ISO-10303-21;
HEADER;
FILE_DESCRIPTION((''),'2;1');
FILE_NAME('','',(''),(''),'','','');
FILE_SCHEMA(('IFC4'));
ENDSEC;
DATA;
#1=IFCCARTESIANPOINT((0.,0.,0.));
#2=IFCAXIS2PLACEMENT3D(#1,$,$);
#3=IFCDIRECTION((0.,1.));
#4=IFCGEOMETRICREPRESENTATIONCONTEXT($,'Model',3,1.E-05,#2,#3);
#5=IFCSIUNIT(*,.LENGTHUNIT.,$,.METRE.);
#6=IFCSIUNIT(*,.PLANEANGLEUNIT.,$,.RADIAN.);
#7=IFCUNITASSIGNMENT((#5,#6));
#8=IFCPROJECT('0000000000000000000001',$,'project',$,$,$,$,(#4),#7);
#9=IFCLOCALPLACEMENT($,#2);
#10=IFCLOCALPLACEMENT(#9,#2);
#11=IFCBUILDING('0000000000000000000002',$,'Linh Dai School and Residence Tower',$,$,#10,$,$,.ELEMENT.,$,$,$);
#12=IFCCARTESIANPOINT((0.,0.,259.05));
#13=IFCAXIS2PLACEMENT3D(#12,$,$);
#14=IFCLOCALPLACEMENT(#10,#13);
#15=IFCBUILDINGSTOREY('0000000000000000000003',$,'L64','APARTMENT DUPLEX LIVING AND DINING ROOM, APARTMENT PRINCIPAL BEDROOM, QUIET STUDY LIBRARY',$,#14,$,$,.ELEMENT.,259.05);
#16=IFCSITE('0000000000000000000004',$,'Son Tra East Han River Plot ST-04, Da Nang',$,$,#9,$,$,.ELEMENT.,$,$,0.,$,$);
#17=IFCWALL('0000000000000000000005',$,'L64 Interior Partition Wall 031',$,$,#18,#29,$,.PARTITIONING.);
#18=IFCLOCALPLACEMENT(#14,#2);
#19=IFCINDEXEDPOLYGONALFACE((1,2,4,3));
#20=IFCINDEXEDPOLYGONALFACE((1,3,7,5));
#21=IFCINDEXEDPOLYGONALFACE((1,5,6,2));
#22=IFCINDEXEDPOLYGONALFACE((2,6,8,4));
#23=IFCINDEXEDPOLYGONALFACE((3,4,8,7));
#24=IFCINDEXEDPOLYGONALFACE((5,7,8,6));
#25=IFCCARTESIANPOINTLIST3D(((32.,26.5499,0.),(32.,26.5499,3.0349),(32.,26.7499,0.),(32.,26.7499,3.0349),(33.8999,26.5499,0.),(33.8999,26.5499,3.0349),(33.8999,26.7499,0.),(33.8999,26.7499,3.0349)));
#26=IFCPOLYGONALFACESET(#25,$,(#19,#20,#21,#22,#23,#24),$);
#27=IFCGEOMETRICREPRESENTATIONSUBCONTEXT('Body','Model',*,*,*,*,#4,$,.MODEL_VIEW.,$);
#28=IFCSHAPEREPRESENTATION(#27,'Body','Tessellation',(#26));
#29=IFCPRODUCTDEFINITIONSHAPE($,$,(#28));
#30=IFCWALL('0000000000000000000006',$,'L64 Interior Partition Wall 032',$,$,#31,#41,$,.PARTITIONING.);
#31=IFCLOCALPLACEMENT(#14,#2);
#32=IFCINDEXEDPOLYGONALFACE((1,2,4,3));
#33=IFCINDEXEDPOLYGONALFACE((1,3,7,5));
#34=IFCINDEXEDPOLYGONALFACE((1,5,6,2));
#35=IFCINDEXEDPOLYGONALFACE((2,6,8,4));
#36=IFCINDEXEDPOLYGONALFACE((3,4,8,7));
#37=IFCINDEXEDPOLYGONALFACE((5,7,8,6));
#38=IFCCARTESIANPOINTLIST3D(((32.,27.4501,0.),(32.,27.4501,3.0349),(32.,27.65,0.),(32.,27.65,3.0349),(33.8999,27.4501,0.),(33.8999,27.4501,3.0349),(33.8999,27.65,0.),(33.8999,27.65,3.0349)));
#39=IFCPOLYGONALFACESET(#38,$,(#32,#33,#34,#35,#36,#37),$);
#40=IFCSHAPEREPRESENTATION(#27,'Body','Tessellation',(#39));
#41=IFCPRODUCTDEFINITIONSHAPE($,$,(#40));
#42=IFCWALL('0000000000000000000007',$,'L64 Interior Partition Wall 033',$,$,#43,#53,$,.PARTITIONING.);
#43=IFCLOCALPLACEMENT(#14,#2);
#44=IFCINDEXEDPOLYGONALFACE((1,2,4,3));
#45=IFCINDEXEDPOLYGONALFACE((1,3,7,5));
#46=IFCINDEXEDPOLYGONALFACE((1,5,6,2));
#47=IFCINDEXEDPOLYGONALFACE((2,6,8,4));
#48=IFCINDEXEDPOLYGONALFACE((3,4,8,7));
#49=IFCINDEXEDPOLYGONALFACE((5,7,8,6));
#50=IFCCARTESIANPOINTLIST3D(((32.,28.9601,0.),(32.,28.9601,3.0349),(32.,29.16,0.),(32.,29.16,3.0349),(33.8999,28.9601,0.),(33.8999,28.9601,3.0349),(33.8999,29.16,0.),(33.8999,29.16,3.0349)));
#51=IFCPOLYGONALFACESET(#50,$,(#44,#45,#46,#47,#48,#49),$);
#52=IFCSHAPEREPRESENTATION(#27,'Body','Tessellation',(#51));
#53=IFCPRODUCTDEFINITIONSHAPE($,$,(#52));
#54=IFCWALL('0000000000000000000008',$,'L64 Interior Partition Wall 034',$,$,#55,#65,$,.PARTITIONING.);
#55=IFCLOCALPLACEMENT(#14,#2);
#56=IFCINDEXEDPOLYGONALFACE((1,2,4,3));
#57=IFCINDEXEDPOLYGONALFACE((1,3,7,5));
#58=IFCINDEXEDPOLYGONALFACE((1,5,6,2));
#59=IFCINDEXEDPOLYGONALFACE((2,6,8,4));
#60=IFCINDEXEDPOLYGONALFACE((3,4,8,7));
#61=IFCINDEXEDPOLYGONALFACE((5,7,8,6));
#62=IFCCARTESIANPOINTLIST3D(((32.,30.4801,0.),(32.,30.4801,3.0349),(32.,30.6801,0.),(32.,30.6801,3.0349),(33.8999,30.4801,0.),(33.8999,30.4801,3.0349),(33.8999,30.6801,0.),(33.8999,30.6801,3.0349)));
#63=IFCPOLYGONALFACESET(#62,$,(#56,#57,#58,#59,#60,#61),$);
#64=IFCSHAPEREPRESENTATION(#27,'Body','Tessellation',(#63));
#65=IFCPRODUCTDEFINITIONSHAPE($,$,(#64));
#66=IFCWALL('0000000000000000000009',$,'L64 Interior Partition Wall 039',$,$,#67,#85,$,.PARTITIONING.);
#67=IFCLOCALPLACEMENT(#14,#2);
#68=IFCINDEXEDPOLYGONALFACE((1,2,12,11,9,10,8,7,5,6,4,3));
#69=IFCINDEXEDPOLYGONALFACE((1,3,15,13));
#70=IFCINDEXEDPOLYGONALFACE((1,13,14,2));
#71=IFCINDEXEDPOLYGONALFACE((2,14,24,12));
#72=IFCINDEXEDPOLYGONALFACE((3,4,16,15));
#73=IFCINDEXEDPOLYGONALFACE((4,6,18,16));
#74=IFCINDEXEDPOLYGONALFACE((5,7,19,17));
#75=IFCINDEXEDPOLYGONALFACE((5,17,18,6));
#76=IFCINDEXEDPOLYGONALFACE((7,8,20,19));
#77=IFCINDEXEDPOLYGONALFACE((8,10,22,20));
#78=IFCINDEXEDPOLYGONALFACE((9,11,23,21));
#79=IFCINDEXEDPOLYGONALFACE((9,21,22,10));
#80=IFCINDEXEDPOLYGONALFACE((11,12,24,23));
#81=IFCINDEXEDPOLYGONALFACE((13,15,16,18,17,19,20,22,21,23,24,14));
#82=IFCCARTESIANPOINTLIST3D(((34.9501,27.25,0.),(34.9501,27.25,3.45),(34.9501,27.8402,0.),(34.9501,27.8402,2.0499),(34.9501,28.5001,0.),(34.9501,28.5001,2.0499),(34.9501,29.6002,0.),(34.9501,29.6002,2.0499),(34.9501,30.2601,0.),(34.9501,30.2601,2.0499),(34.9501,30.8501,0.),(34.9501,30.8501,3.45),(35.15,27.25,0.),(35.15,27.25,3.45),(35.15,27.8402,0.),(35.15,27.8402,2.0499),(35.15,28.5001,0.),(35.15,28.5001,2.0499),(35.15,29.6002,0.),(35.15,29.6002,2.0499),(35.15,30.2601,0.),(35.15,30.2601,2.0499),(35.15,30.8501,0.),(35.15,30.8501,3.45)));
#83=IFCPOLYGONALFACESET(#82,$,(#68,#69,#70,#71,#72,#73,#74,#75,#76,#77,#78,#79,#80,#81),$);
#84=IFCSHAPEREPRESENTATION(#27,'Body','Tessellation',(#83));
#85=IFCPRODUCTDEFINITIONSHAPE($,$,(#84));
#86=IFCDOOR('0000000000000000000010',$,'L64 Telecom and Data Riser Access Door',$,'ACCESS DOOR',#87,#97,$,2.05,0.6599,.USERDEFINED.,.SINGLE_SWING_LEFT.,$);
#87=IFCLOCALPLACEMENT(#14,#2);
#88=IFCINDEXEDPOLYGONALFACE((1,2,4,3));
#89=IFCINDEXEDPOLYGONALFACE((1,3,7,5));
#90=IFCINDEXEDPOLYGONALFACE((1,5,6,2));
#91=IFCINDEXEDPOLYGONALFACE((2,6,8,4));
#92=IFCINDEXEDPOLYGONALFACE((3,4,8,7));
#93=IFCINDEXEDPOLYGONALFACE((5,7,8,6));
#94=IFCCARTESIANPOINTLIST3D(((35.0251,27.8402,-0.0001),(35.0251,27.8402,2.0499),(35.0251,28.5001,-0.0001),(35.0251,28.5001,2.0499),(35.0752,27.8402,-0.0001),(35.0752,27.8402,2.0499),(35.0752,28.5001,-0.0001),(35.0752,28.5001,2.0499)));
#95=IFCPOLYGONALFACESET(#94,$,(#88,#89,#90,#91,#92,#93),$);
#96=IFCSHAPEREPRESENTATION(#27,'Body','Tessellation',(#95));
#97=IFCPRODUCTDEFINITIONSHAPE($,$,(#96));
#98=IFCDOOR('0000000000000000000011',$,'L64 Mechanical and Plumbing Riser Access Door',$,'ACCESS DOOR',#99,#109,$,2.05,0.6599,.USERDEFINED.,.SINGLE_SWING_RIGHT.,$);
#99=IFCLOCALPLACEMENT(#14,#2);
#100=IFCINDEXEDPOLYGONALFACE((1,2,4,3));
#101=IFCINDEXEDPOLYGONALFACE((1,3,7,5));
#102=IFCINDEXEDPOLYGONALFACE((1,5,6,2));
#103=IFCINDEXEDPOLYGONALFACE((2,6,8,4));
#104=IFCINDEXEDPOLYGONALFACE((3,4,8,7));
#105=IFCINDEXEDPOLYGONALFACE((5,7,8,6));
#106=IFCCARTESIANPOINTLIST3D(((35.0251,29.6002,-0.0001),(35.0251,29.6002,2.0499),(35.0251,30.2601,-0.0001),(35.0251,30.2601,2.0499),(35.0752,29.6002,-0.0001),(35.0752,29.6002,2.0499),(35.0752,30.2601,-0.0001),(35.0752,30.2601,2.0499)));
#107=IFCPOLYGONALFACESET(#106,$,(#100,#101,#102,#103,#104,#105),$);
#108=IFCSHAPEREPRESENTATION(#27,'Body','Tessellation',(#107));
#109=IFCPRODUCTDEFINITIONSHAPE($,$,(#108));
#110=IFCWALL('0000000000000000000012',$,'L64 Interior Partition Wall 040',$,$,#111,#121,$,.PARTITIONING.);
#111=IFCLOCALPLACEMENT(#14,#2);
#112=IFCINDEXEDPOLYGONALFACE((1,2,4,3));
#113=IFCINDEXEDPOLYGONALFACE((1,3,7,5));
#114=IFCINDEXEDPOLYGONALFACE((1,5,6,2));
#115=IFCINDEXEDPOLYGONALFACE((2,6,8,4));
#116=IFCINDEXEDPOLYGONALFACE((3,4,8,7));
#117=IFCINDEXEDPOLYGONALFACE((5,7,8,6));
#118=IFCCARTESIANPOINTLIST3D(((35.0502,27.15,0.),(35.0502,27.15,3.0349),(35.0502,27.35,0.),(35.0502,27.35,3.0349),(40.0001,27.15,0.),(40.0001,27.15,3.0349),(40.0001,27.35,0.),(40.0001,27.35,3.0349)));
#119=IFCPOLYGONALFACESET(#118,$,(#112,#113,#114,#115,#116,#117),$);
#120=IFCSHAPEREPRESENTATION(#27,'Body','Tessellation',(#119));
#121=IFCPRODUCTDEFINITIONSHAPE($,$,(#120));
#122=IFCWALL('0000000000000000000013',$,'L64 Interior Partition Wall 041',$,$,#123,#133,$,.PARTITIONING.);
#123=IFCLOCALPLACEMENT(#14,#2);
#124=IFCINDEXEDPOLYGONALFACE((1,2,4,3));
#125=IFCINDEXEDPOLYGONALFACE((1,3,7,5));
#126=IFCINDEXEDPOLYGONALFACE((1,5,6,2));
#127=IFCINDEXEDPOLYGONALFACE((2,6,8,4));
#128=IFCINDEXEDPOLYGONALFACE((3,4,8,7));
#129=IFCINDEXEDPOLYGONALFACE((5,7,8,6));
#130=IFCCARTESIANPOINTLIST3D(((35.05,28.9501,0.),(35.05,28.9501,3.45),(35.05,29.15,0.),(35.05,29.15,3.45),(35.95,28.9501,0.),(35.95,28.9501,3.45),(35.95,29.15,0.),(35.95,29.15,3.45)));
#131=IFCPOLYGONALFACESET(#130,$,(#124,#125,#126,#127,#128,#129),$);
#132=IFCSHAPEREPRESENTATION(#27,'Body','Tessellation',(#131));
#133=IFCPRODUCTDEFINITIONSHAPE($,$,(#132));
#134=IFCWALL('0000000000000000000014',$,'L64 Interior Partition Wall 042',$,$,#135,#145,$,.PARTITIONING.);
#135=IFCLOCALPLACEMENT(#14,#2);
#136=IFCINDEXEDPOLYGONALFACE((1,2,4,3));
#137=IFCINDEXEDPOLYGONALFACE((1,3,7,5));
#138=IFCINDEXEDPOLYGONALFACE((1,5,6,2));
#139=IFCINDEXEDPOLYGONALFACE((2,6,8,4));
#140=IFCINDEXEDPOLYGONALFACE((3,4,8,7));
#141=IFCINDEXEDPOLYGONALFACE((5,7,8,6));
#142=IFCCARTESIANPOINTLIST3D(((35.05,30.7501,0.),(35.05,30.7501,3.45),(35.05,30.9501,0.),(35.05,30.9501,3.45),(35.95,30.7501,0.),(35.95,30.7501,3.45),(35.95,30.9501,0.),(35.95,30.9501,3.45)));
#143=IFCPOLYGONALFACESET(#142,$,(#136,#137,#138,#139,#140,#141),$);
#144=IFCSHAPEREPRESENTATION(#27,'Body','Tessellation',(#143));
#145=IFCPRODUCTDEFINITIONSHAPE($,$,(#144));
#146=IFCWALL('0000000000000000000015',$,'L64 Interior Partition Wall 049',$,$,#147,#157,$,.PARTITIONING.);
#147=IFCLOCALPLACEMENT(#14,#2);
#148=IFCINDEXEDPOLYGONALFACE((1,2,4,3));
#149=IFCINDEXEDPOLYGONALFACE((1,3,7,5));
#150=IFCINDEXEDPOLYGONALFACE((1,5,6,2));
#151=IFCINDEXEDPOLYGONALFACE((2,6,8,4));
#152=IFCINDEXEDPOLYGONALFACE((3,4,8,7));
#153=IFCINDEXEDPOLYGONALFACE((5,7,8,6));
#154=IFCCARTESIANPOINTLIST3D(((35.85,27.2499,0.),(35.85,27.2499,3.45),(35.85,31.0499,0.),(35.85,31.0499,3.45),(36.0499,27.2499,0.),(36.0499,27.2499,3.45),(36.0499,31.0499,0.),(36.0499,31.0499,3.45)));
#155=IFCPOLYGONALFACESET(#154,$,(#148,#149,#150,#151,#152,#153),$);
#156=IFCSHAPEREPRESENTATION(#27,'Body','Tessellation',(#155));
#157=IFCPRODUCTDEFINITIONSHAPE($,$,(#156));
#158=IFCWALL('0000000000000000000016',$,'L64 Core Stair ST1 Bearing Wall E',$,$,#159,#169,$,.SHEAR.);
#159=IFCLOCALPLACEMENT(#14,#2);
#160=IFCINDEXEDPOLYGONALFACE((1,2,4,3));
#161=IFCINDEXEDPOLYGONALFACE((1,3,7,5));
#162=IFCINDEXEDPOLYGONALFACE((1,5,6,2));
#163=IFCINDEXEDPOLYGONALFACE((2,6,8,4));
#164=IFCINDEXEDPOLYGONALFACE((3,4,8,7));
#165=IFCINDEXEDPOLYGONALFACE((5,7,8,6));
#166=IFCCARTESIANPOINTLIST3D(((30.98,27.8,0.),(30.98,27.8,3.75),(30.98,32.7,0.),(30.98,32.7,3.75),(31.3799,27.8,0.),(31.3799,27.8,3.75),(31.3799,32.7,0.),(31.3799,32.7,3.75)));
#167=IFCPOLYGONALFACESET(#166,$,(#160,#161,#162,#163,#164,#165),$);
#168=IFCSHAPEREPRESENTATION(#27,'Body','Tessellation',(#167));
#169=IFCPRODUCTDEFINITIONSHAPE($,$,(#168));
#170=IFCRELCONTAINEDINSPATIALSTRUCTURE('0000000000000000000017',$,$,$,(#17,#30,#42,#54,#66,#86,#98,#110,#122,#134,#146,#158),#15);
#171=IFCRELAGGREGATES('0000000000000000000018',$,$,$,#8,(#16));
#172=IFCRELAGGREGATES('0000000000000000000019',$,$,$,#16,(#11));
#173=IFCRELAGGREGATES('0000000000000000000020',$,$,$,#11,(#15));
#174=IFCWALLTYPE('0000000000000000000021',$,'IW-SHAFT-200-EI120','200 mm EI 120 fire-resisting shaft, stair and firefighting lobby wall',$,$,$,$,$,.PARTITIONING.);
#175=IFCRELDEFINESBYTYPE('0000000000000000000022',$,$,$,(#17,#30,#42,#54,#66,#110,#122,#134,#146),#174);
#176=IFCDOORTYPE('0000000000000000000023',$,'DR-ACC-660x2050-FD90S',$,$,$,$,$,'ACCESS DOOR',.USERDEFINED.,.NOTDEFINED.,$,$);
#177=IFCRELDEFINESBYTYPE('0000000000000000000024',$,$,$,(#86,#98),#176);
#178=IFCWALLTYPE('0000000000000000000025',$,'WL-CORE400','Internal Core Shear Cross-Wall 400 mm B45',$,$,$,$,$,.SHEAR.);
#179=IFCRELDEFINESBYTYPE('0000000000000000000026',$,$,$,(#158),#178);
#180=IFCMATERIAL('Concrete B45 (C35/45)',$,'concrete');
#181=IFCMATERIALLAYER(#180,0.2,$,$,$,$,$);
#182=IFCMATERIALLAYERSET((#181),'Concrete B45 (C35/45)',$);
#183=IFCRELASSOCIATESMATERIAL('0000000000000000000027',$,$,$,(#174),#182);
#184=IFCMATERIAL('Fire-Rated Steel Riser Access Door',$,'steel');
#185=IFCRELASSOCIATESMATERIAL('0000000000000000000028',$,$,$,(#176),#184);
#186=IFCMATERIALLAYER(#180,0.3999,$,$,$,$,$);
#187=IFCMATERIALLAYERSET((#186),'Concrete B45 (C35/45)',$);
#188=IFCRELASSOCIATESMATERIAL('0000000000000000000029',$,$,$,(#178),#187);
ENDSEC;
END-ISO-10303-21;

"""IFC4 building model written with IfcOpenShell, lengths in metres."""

from ifc_helpers import new_model, si_unit, direction, frame, frame_2d, origin, origin_2d, place, context, subcontext, project, spatial, rectangle, extrude, source, transform, mapped, material, layer, layer_set, type_object, element, fill, save


model = new_model("IFC4")

# Units and contexts
model_context = context("Model", 3, precision=1e-05, world=origin(), true_north=direction((0.0, 1.0)))
body_context = subcontext(model_context, "Body", "Model", "MODEL_VIEW")
ifc_project = project(units=[si_unit("LENGTHUNIT", "METRE"), si_unit("PLANEANGLEUNIT", "RADIAN")], contexts=[model_context])

# Site, building, storey
site_placement = place(None, origin())
site = spatial("IfcSite", under=ifc_project, at=site_placement, Name="Son Tra East Han River Plot ST-04, Da Nang", CompositionType="ELEMENT", RefElevation=0.0)
building_placement = place(site_placement, origin())
building = spatial("IfcBuilding", under=site, at=building_placement, Name="Linh Dai School and Residence Tower", CompositionType="ELEMENT")
storey_placement = place(building_placement, frame((0.0, 0.0, 259.05)))
storey = spatial("IfcBuildingStorey", under=building, at=storey_placement, Name="L64", Description="APARTMENT DUPLEX LIVING AND DINING ROOM, APARTMENT PRINCIPAL BEDROOM, QUIET STUDY LIBRARY", CompositionType="ELEMENT", Elevation=259.05)

# Walls
ifc_material_1 = material(Name="Concrete B45 (C35/45)", Category="concrete")
ifc_layer_1 = layer(ifc_material_1, 0.2)
ifc_layer_set_1 = layer_set([ifc_layer_1], Name="Concrete B45 (C35/45)")
wall_type_1 = type_object("IfcWallType", Name="IW-SHAFT-200-EI120", Description="200 mm EI 120 fire-resisting shaft, stair and firefighting lobby wall", PredefinedType="PARTITIONING", material=ifc_layer_set_1)
for number, where, z_axis, x_axis, name in (
    (1, (32.0, 26.6499, 0.0), (0.0, 0.0, 1.0), (1.0, 0.0, 0.0), "L64 Interior Partition Wall 031"),
    (2, (32.0, 27.55, 0.0), (0.0, 0.0, 1.0), (1.0, 0.0, 0.0), "L64 Interior Partition Wall 032"),
    (3, (32.0, 29.0601, 0.0), (0.0, 0.0, 1.0), (1.0, 0.0, 0.0), "L64 Interior Partition Wall 033"),
    (4, (32.0, 30.5801, 0.0), (0.0, 0.0, 1.0), (1.0, 0.0, 0.0), "L64 Interior Partition Wall 034"),
):
    element("IfcWall", number, at=place(storey_placement, frame(where, z_axis=z_axis, x_axis=x_axis)), inside=storey, type_object=wall_type_1, Name=name, PredefinedType="PARTITIONING", context=body_context, shape_type="SweptSolid", body=[
        extrude(rectangle(XDim=1.8999, YDim=0.2, at=frame_2d((0.95, 0.0))), origin(), (0.0, 0.0, 1.0), 3.0349),
    ])

# Wall, openings, doors
wall_1_placement = place(storey_placement, frame((35.05, 27.25, 0.0), z_axis=(0.0, 0.0, 1.0), x_axis=(0.0, 1.0, 0.0)))
wall_1 = element("IfcWall", 5, at=wall_1_placement, inside=storey, type_object=wall_type_1, Name="L64 Interior Partition Wall 039", PredefinedType="PARTITIONING", context=body_context, shape_type="SweptSolid", body=[
    extrude(rectangle(XDim=3.6001, YDim=0.2, at=frame_2d((1.8, 0.0))), origin(), (0.0, 0.0, 1.0), 3.45),
])
opening_1_placement = place(wall_1_placement, frame((0.5901, 0.0, 0.0)))
opening_1 = element("IfcOpeningElement", 6, at=opening_1_placement, cuts=wall_1, PredefinedType="OPENING", context=body_context, shape_type="SweptSolid", body=[
    extrude(rectangle(XDim=0.6599, YDim=2.05, at=origin_2d()), frame((0.3301, 0.1099, 1.0249), z_axis=(0.0, -1.0, 0.0), x_axis=(1.0, 0.0, 0.0)), (0.0, 0.0, 1.0), 0.22),
])
opening_2_placement = place(wall_1_placement, frame((2.3501, 0.0, 0.0)))
opening_2 = element("IfcOpeningElement", 7, at=opening_2_placement, cuts=wall_1, PredefinedType="OPENING", context=body_context, shape_type="SweptSolid", body=[
    extrude(rectangle(XDim=0.6599, YDim=2.05, at=origin_2d()), frame((0.3301, 0.1099, 1.0249), z_axis=(0.0, -1.0, 0.0), x_axis=(1.0, 0.0, 0.0)), (0.0, 0.0, 1.0), 0.22),
])
ifc_material_2 = material(Name="Fire-Rated Steel Riser Access Door", Category="steel")
door_type_1 = type_object("IfcDoorType", Name="DR-ACC-660x2050-FD90S", ElementType="ACCESS DOOR", OperationType="NOTDEFINED", PredefinedType="USERDEFINED", material=ifc_material_2)
shared_shape_1 = source(origin(), body_context, "Body", "SweptSolid", [
    extrude(rectangle(XDim=0.6599, YDim=2.05, at=origin_2d()), frame((0.3301, 0.0249, 1.0249), z_axis=(0.0, -1.0, 0.0), x_axis=(1.0, 0.0, 0.0)), (0.0, 0.0, 1.0), 0.05),
])
door_1_placement = place(opening_1_placement, origin())
door_1 = element("IfcDoor", 8, at=door_1_placement, inside=storey, type_object=door_type_1, Name="L64 Telecom and Data Riser Access Door", ObjectType="ACCESS DOOR", OperationType="SINGLE_SWING_LEFT", OverallHeight=2.05, OverallWidth=0.6599, PredefinedType="USERDEFINED", context=body_context, shape_type="MappedRepresentation", body=[
    mapped(shared_shape_1, transform((0.0, 0.0, 0.0), x_axis=(1.0, 0.0, 0.0), y_axis=(0.0, 1.0, 0.0), z_axis=(0.0, 0.0, 1.0), scale=1.0)),
])
fill(opening_1, door_1)
door_2_placement = place(opening_2_placement, origin())
door_2 = element("IfcDoor", 9, at=door_2_placement, inside=storey, type_object=door_type_1, Name="L64 Mechanical and Plumbing Riser Access Door", ObjectType="ACCESS DOOR", OperationType="SINGLE_SWING_RIGHT", OverallHeight=2.05, OverallWidth=0.6599, PredefinedType="USERDEFINED", context=body_context, shape_type="MappedRepresentation", body=[
    mapped(shared_shape_1, transform((0.0, 0.0, 0.0), x_axis=(1.0, 0.0, 0.0), y_axis=(0.0, 1.0, 0.0), z_axis=(0.0, 0.0, 1.0), scale=1.0)),
])
fill(opening_2, door_2)

# Walls
wall_2_placement = place(storey_placement, frame((35.05, 27.25, 0.0), z_axis=(0.0, 0.0, 1.0), x_axis=(1.0, 0.0, 0.0)))
element("IfcWall", 10, at=wall_2_placement, inside=storey, type_object=wall_type_1, Name="L64 Interior Partition Wall 040", PredefinedType="PARTITIONING", context=body_context, shape_type="SweptSolid", body=[
    extrude(rectangle(XDim=4.95, YDim=0.2, at=frame_2d((2.4751, 0.0))), origin(), (0.0, 0.0, 1.0), 3.0349),
])
for number, where, z_axis, x_axis, name in (
    (11, (35.05, 29.05, 0.0), (0.0, 0.0, 1.0), (1.0, 0.0, 0.0), "L64 Interior Partition Wall 041"),
    (12, (35.05, 30.8501, 0.0), (0.0, 0.0, 1.0), (1.0, 0.0, 0.0), "L64 Interior Partition Wall 042"),
):
    element("IfcWall", number, at=place(storey_placement, frame(where, z_axis=z_axis, x_axis=x_axis)), inside=storey, type_object=wall_type_1, Name=name, PredefinedType="PARTITIONING", context=body_context, shape_type="SweptSolid", body=[
        extrude(rectangle(XDim=0.8999, YDim=0.2, at=frame_2d((0.45, 0.0))), origin(), (0.0, 0.0, 1.0), 3.45),
    ])
wall_3_placement = place(storey_placement, frame((35.95, 27.25, 0.0), z_axis=(0.0, 0.0, 1.0), x_axis=(0.0, 1.0, 0.0)))
element("IfcWall", 13, at=wall_3_placement, inside=storey, type_object=wall_type_1, Name="L64 Interior Partition Wall 049", PredefinedType="PARTITIONING", context=body_context, shape_type="SweptSolid", body=[
    extrude(rectangle(XDim=3.8, YDim=0.2, at=frame_2d((1.8999, 0.0))), origin(), (0.0, 0.0, 1.0), 3.45),
])
ifc_layer_2 = layer(ifc_material_1, 0.3999)
ifc_layer_set_2 = layer_set([ifc_layer_2], Name="Concrete B45 (C35/45)")
wall_type_2 = type_object("IfcWallType", Name="WL-CORE400", Description="Internal Core Shear Cross-Wall 400 mm B45", PredefinedType="SHEAR", material=ifc_layer_set_2)
wall_4_placement = place(storey_placement, frame((31.1799, 27.8, 0.0), z_axis=(0.0, 0.0, 1.0), x_axis=(0.0, 1.0, 0.0)))
element("IfcWall", 14, at=wall_4_placement, inside=storey, type_object=wall_type_2, Name="L64 Core Stair ST1 Bearing Wall E", PredefinedType="SHEAR", context=body_context, shape_type="SweptSolid", body=[
    extrude(rectangle(XDim=4.8999, YDim=0.3999, at=frame_2d((2.45, 0.0))), origin(), (0.0, 0.0, 1.0), 3.75),
])

save(model, "model.ifc")
